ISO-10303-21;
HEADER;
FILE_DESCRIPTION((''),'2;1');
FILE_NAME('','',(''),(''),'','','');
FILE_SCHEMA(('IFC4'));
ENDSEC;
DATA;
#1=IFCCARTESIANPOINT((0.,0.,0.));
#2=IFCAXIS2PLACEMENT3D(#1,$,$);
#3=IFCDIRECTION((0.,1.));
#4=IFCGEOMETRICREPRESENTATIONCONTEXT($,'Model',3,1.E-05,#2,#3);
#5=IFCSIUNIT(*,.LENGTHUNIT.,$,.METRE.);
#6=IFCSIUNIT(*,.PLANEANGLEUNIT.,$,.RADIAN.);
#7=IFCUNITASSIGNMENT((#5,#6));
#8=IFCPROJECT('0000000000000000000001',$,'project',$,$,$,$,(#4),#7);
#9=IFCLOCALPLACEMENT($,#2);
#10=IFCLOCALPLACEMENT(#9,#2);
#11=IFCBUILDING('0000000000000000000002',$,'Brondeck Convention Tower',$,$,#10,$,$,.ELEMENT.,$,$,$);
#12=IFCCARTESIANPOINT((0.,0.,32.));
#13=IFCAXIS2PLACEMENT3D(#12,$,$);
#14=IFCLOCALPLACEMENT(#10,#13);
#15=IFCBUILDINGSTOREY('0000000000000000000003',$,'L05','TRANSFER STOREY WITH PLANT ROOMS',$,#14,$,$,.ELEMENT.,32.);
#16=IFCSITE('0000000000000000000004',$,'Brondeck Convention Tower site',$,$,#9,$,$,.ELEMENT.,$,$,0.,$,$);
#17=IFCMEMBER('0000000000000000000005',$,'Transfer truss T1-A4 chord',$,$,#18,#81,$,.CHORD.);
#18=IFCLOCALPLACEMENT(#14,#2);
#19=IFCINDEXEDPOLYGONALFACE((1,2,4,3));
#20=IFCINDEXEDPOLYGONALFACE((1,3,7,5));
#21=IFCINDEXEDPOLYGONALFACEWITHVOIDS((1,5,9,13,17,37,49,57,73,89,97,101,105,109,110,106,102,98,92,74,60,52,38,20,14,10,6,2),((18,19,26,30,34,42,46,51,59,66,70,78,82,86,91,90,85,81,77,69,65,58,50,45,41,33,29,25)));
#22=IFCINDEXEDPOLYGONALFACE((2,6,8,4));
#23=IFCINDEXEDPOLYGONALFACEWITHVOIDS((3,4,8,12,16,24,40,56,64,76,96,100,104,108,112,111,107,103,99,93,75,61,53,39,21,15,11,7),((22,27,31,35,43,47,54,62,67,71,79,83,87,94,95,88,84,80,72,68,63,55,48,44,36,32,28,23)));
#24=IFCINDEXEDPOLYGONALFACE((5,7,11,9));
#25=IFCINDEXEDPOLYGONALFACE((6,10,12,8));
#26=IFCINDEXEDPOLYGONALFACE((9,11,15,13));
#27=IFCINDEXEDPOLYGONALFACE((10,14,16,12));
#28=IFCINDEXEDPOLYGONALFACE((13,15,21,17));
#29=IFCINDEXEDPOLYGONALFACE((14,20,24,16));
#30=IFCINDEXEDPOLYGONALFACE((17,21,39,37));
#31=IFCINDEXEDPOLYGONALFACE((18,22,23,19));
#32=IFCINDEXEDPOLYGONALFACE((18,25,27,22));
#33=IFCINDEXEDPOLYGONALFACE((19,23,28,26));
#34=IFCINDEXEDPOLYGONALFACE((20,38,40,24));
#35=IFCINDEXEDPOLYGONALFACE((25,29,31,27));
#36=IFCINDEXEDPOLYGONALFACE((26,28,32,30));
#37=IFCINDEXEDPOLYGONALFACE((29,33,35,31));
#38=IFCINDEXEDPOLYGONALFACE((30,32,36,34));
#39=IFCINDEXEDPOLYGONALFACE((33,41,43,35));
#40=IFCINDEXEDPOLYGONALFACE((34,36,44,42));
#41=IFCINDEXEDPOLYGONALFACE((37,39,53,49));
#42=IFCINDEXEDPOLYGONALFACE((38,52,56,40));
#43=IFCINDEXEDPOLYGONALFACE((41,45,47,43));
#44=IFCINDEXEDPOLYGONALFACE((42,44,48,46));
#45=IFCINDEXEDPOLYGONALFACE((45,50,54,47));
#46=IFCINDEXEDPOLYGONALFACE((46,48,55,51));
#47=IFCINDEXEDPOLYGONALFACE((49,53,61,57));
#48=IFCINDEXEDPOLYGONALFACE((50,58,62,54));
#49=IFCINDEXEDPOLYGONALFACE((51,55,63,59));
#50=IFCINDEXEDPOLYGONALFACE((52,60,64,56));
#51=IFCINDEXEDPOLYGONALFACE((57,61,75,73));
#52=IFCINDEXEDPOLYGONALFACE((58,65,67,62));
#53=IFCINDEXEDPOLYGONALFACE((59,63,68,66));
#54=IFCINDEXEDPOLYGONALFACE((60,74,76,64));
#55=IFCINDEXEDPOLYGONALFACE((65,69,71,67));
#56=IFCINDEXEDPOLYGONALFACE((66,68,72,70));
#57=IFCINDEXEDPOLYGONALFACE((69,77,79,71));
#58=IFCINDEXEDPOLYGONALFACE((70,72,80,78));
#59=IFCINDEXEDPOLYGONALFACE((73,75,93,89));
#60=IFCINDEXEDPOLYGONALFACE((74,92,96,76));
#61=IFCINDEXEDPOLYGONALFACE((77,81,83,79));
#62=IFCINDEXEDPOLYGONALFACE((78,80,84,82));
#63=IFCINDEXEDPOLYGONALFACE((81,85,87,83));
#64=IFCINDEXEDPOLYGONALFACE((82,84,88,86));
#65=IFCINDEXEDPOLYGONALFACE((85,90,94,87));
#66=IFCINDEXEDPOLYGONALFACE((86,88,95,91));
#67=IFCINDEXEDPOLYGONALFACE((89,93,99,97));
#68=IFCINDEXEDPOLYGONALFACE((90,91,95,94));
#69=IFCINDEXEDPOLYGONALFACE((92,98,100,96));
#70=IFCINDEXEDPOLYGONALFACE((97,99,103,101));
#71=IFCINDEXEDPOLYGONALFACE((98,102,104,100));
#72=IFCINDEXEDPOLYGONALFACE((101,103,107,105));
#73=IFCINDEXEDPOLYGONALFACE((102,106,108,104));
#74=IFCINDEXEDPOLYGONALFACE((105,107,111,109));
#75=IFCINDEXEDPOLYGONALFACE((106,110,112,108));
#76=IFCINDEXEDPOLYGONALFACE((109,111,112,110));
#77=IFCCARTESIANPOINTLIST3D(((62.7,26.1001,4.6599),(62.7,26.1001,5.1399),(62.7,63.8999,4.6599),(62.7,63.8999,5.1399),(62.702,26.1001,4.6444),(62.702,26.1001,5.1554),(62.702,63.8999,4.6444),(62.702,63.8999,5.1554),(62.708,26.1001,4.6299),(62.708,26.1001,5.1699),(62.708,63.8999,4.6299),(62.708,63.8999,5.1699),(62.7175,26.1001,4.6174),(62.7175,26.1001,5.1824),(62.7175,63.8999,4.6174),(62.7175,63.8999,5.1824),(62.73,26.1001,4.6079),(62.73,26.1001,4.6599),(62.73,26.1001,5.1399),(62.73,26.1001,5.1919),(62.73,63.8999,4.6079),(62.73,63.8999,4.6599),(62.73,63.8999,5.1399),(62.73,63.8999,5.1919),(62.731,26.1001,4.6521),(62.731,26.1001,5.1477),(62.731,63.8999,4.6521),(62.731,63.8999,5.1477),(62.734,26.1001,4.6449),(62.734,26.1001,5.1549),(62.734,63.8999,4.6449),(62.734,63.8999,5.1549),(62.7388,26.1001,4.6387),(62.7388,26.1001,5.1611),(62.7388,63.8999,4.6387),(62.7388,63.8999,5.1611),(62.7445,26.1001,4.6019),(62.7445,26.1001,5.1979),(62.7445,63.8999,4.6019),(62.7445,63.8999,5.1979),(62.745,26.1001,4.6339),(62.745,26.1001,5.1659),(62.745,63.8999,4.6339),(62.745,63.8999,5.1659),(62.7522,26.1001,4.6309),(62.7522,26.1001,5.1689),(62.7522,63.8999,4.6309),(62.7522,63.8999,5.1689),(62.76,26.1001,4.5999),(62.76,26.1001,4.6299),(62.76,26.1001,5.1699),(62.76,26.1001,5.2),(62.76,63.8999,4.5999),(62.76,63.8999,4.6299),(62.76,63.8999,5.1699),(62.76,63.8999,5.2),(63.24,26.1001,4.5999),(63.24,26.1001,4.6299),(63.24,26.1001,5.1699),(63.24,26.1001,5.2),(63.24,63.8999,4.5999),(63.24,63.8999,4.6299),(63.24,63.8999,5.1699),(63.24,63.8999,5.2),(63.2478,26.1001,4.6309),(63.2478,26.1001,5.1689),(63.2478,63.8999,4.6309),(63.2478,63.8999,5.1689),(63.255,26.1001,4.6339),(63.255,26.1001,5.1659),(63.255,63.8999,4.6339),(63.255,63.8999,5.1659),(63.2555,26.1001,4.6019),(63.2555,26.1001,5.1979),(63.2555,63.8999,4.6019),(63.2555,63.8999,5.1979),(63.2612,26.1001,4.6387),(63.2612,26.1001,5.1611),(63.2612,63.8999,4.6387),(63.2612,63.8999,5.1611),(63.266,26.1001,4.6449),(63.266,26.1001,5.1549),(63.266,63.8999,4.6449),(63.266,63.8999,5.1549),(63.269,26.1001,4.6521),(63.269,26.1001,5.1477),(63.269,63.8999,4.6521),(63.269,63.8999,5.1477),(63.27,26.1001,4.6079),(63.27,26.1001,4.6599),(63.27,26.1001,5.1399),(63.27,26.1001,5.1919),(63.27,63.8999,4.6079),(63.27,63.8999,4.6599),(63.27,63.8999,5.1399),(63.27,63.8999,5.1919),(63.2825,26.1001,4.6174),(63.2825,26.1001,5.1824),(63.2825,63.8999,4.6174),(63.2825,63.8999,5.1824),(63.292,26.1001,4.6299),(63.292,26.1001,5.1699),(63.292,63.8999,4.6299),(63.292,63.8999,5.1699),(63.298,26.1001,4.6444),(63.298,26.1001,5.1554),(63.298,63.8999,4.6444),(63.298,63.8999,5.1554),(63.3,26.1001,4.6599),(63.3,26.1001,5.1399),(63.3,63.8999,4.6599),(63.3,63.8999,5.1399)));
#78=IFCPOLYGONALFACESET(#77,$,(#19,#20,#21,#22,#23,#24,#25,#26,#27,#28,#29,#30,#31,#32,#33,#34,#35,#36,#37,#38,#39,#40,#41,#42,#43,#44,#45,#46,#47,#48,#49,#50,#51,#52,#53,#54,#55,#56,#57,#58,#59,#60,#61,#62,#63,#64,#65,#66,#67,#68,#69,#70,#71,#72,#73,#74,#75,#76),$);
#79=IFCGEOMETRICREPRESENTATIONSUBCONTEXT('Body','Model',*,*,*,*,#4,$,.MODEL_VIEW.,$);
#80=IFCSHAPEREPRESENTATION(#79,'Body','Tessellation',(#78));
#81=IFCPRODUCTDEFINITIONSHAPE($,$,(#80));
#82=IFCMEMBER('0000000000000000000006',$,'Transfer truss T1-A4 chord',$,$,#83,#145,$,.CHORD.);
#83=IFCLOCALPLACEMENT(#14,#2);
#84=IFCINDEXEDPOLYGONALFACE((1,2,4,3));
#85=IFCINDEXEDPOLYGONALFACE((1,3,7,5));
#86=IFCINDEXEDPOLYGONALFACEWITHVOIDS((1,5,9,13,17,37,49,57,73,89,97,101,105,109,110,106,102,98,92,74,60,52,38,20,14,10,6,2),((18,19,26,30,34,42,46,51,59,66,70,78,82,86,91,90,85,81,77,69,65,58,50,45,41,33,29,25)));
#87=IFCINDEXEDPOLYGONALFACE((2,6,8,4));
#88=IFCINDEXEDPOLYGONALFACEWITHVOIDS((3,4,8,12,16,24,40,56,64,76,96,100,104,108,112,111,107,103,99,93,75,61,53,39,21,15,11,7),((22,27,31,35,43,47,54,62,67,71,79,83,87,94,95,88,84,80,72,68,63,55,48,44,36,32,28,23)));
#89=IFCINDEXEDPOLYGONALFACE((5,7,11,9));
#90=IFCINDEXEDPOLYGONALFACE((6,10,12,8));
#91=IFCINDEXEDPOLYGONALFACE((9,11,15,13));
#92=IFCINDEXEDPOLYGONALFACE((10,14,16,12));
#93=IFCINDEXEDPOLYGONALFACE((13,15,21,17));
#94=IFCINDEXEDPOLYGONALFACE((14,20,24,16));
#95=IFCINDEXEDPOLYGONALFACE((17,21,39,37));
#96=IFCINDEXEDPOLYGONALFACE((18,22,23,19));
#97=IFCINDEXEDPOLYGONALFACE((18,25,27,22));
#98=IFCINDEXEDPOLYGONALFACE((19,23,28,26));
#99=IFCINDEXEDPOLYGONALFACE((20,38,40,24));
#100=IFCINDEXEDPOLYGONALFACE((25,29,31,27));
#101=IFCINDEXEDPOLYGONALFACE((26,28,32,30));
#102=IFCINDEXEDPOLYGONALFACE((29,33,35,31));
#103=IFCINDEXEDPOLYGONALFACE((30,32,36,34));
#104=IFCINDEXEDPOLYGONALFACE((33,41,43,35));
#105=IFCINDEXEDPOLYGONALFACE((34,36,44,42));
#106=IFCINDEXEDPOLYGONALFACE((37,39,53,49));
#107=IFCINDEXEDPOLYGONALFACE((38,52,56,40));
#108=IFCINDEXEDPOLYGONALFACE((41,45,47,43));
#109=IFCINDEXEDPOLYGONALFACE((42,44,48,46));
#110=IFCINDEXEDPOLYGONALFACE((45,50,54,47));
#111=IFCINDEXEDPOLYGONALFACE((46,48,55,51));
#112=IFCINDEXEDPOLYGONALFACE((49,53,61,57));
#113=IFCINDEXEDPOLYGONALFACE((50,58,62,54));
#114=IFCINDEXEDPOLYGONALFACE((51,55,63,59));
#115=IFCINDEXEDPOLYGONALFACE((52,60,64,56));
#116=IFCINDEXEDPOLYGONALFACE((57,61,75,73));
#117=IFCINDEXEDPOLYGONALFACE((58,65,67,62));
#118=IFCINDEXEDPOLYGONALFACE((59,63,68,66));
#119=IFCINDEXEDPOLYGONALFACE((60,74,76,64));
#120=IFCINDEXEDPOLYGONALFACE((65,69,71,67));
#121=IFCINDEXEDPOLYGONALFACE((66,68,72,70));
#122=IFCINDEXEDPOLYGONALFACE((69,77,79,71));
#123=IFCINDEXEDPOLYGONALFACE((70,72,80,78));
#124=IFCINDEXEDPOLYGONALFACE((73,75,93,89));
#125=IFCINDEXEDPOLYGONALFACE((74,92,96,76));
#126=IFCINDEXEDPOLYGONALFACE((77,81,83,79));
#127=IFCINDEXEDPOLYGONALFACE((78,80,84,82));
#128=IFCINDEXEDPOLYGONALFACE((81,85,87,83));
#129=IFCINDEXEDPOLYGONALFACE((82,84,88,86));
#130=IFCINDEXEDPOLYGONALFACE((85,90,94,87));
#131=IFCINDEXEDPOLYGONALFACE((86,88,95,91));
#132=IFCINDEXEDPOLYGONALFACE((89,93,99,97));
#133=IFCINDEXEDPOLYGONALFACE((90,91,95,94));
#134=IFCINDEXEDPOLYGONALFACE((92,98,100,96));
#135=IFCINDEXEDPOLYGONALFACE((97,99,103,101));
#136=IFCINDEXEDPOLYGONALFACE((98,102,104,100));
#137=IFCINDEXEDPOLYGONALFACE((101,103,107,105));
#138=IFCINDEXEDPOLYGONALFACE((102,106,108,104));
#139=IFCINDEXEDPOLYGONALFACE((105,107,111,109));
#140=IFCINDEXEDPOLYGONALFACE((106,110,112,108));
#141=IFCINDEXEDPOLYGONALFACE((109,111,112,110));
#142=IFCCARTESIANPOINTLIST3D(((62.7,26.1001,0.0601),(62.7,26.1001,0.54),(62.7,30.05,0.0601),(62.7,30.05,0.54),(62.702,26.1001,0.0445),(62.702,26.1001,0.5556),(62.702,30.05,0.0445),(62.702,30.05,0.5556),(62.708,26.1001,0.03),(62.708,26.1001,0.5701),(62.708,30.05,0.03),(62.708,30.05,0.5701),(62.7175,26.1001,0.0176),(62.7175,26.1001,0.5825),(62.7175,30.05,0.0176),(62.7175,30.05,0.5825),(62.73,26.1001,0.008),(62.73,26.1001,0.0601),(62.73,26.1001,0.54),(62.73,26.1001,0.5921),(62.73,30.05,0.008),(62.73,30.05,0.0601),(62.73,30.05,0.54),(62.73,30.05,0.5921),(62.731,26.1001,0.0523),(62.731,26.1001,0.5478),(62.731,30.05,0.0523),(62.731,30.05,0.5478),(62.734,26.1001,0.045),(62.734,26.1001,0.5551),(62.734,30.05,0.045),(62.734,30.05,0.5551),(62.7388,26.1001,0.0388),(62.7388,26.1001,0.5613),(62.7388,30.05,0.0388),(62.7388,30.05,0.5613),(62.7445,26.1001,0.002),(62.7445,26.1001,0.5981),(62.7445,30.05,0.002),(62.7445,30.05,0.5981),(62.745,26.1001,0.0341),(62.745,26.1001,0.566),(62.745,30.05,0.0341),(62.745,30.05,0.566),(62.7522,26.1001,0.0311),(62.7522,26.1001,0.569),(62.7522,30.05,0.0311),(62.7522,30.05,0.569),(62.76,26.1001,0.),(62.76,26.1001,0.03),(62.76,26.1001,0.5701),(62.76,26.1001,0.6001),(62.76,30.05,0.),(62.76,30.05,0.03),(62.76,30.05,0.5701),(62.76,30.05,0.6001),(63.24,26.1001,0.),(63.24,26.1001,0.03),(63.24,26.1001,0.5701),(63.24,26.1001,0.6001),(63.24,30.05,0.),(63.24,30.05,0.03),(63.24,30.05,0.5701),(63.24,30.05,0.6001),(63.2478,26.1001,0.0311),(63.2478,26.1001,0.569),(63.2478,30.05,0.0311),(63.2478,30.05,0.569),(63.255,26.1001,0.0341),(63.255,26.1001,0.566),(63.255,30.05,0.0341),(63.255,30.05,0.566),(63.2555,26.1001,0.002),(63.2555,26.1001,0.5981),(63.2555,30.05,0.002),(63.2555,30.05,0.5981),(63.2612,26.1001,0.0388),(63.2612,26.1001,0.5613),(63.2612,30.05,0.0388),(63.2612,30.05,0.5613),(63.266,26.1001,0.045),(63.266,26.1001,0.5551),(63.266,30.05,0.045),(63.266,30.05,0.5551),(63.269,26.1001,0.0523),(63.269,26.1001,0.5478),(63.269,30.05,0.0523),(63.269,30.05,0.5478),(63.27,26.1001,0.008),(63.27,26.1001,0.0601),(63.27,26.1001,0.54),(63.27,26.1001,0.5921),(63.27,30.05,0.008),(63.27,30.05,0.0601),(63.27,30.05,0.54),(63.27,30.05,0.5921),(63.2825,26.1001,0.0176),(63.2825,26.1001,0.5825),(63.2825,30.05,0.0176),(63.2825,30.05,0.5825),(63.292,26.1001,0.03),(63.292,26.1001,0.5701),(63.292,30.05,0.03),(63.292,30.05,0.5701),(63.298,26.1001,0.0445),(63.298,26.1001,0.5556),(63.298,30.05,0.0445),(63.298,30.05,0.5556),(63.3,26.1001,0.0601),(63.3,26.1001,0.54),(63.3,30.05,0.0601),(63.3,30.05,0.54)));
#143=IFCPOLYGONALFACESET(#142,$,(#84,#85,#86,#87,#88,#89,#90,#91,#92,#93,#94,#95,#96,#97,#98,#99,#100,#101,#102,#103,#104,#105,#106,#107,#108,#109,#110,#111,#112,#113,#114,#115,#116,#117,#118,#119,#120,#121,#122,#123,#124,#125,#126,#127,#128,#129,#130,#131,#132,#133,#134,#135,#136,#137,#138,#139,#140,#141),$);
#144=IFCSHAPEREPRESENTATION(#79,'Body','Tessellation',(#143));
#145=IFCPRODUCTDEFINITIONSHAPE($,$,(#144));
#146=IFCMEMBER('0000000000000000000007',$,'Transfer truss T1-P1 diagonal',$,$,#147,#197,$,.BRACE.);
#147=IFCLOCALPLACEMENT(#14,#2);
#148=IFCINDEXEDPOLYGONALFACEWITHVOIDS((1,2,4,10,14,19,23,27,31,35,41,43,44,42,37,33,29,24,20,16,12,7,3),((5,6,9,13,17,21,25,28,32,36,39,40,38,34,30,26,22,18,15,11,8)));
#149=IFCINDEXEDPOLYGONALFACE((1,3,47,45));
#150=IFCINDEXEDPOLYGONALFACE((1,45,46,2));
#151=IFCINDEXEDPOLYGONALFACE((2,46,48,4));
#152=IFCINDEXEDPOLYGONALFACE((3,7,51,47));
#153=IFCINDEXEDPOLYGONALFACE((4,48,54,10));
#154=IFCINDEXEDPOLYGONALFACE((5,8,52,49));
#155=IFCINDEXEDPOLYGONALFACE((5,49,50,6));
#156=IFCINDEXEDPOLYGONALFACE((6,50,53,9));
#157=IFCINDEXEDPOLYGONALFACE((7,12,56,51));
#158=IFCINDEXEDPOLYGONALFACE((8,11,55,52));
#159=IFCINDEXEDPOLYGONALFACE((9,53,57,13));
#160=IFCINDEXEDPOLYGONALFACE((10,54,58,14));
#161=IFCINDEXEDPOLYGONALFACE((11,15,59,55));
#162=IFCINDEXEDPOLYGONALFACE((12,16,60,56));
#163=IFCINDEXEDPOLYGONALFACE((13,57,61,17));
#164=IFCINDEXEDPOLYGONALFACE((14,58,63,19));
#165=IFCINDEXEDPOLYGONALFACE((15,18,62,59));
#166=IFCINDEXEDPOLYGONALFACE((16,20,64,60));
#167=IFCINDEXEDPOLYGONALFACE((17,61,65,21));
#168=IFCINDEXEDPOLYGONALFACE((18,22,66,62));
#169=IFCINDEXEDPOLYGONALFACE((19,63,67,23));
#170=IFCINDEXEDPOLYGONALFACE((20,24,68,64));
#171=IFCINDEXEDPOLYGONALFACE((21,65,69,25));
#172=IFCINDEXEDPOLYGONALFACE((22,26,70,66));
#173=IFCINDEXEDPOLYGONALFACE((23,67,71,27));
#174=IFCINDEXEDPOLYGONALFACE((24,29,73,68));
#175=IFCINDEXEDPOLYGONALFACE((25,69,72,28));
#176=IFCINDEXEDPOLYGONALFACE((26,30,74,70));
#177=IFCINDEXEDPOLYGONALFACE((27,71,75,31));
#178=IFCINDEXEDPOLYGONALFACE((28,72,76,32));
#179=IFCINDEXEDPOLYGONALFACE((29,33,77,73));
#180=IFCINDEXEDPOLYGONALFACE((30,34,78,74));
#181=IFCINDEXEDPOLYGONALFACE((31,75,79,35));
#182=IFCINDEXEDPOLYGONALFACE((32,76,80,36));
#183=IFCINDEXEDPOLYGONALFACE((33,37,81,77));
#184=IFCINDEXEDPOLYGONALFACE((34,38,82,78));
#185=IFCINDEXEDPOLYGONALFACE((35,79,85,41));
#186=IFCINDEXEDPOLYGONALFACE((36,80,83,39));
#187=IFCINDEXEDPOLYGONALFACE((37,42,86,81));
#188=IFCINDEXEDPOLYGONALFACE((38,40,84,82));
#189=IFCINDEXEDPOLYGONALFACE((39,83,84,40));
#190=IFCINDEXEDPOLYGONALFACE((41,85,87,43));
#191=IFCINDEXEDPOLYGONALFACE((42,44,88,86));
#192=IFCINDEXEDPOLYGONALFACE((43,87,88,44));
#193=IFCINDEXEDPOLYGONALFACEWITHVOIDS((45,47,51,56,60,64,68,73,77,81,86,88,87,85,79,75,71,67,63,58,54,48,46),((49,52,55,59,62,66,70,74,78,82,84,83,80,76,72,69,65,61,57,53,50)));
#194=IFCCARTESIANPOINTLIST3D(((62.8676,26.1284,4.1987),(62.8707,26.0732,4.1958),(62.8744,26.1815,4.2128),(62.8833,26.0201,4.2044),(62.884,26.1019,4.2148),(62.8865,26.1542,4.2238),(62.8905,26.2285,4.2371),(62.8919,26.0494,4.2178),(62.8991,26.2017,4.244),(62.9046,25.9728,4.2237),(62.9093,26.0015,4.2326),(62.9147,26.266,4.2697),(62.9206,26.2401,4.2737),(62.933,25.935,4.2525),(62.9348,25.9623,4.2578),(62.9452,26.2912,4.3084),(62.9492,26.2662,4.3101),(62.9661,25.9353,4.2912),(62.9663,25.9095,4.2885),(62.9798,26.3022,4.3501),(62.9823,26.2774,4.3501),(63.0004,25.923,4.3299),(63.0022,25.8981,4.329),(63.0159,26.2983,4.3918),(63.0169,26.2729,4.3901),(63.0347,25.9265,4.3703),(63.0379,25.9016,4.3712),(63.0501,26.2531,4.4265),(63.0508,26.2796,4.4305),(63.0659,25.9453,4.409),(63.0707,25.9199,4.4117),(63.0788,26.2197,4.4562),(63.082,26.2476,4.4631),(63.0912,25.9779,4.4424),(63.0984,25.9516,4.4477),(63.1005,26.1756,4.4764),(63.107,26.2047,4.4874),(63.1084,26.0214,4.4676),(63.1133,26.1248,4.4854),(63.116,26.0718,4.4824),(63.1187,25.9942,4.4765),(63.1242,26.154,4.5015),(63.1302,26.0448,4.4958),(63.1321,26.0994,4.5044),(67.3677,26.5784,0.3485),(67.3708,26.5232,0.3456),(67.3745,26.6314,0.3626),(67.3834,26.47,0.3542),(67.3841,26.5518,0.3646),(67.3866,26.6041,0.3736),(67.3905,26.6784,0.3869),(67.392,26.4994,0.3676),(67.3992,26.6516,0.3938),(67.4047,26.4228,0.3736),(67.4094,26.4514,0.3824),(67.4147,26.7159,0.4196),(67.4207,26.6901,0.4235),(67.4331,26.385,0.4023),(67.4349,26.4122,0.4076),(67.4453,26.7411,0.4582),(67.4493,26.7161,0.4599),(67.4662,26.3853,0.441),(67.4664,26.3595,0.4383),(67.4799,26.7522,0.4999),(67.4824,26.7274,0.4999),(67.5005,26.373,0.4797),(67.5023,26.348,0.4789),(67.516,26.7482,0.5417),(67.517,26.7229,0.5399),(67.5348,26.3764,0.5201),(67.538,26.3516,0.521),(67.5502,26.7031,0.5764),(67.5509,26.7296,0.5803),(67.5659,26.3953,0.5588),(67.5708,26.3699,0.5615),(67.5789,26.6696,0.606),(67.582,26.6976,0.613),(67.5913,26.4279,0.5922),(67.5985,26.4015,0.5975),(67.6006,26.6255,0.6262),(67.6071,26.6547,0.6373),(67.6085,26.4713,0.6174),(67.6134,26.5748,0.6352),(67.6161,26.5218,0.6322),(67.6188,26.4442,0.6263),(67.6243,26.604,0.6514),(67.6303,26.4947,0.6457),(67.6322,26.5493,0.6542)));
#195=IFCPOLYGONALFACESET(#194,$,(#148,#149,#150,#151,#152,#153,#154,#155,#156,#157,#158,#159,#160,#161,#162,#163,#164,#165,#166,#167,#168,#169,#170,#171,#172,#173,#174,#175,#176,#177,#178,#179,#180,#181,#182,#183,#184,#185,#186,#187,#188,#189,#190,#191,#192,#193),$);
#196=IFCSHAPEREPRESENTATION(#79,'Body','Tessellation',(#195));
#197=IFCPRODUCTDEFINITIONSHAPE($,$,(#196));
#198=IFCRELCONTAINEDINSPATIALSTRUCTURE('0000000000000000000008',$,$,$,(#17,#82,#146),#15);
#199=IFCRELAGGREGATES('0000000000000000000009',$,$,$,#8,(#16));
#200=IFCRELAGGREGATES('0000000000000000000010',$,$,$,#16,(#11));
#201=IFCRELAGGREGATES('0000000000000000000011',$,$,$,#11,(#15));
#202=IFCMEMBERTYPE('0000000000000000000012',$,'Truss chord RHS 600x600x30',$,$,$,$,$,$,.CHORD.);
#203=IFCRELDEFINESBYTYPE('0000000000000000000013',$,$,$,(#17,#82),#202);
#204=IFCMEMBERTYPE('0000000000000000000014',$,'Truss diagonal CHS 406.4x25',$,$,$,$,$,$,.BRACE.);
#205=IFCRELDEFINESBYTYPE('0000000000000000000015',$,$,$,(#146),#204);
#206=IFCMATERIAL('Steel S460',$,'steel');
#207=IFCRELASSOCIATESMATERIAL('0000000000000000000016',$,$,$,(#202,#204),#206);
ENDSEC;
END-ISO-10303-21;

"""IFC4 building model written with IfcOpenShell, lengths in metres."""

from ifc_helpers import new_model, si_unit, direction, frame, origin, origin_2d, place, context, subcontext, project, spatial, hollow_rectangle, hollow_circle, extrude, material, material_profile, profile_set, type_object, element, save


model = new_model("IFC4")

# Units and contexts
model_context = context("Model", 3, precision=1e-05, world=origin(), true_north=direction((0.0, 1.0)))
body_context = subcontext(model_context, "Body", "Model", "MODEL_VIEW")
ifc_project = project(units=[si_unit("LENGTHUNIT", "METRE"), si_unit("PLANEANGLEUNIT", "RADIAN")], contexts=[model_context])

# Site, building, storey
site_placement = place(None, origin())
site = spatial("IfcSite", under=ifc_project, at=site_placement, Name="Brondeck Convention Tower site", CompositionType="ELEMENT", RefElevation=0.0)
building_placement = place(site_placement, origin())
building = spatial("IfcBuilding", under=site, at=building_placement, Name="Brondeck Convention Tower", CompositionType="ELEMENT")
storey_placement = place(building_placement, frame((0.0, 0.0, 32.0)))
storey = spatial("IfcBuildingStorey", under=building, at=storey_placement, Name="L05", Description="TRANSFER STOREY WITH PLANT ROOMS", CompositionType="ELEMENT", Elevation=32.0)

# Shared definitions
ifc_material_1 = material(Name="Steel S460", Category="steel")

# Members
ifc_material_profile_1 = material_profile(ifc_material_1, hollow_rectangle(XDim=0.6001, YDim=0.6001, WallThickness=0.03, InnerFilletRadius=0.03, OuterFilletRadius=0.0601, at=origin_2d()), Name="RHS 600x600x30")
ifc_profile_set_1 = profile_set([ifc_material_profile_1], Name="Steel S460")
member_type_1 = type_object("IfcMemberType", Name="Truss chord RHS 600x600x30", PredefinedType="CHORD", material=ifc_profile_set_1)
member_1_placement = place(storey_placement, frame((63.0, 26.1001, 4.8999), z_axis=(0.0, 1.0, 0.0), x_axis=(-1.0, 0.0, 0.0)))
element("IfcMember", 1, at=member_1_placement, inside=storey, type_object=member_type_1, Name="Transfer truss T1-A4 chord", PredefinedType="CHORD", context=body_context, shape_type="SweptSolid", body=[
    extrude(hollow_rectangle(XDim=0.6001, YDim=0.6001, WallThickness=0.03, InnerFilletRadius=0.03, OuterFilletRadius=0.0601, at=origin_2d()), origin(), (0.0, 0.0, 1.0), 37.7998),
])
member_2_placement = place(storey_placement, frame((63.0, 26.1001, 0.3), z_axis=(0.0, 1.0, 0.0), x_axis=(-1.0, 0.0, 0.0)))
element("IfcMember", 2, at=member_2_placement, inside=storey, type_object=member_type_1, Name="Transfer truss T1-A4 chord", PredefinedType="CHORD", context=body_context, shape_type="SweptSolid", body=[
    extrude(hollow_rectangle(XDim=0.6001, YDim=0.6001, WallThickness=0.03, InnerFilletRadius=0.03, OuterFilletRadius=0.0601, at=origin_2d()), origin(), (0.0, 0.0, 1.0), 3.95),
])
ifc_material_profile_2 = material_profile(ifc_material_1, hollow_circle(Radius=0.2031, WallThickness=0.0249, at=origin_2d()), Name="CHS 406.4x25")
ifc_profile_set_2 = profile_set([ifc_material_profile_2], Name="Steel S460")
member_type_2 = type_object("IfcMemberType", Name="Truss diagonal CHS 406.4x25", PredefinedType="BRACE", material=ifc_profile_set_2)
member_3_placement = place(storey_placement, frame((63.0, 26.1001, 4.3501), z_axis=(0.75766, 0.075758, -0.648237), x_axis=(-0.099493, 0.995038, 0.0)))
element("IfcMember", 3, at=member_3_placement, inside=storey, type_object=member_type_2, Name="Transfer truss T1-P1 diagonal", PredefinedType="BRACE", context=body_context, shape_type="SweptSolid", body=[
    extrude(hollow_circle(Radius=0.2031, WallThickness=0.0249, at=origin_2d()), origin(), (0.0, 0.0, 1.0), 5.9395),
])

save(model, "model.ifc")
